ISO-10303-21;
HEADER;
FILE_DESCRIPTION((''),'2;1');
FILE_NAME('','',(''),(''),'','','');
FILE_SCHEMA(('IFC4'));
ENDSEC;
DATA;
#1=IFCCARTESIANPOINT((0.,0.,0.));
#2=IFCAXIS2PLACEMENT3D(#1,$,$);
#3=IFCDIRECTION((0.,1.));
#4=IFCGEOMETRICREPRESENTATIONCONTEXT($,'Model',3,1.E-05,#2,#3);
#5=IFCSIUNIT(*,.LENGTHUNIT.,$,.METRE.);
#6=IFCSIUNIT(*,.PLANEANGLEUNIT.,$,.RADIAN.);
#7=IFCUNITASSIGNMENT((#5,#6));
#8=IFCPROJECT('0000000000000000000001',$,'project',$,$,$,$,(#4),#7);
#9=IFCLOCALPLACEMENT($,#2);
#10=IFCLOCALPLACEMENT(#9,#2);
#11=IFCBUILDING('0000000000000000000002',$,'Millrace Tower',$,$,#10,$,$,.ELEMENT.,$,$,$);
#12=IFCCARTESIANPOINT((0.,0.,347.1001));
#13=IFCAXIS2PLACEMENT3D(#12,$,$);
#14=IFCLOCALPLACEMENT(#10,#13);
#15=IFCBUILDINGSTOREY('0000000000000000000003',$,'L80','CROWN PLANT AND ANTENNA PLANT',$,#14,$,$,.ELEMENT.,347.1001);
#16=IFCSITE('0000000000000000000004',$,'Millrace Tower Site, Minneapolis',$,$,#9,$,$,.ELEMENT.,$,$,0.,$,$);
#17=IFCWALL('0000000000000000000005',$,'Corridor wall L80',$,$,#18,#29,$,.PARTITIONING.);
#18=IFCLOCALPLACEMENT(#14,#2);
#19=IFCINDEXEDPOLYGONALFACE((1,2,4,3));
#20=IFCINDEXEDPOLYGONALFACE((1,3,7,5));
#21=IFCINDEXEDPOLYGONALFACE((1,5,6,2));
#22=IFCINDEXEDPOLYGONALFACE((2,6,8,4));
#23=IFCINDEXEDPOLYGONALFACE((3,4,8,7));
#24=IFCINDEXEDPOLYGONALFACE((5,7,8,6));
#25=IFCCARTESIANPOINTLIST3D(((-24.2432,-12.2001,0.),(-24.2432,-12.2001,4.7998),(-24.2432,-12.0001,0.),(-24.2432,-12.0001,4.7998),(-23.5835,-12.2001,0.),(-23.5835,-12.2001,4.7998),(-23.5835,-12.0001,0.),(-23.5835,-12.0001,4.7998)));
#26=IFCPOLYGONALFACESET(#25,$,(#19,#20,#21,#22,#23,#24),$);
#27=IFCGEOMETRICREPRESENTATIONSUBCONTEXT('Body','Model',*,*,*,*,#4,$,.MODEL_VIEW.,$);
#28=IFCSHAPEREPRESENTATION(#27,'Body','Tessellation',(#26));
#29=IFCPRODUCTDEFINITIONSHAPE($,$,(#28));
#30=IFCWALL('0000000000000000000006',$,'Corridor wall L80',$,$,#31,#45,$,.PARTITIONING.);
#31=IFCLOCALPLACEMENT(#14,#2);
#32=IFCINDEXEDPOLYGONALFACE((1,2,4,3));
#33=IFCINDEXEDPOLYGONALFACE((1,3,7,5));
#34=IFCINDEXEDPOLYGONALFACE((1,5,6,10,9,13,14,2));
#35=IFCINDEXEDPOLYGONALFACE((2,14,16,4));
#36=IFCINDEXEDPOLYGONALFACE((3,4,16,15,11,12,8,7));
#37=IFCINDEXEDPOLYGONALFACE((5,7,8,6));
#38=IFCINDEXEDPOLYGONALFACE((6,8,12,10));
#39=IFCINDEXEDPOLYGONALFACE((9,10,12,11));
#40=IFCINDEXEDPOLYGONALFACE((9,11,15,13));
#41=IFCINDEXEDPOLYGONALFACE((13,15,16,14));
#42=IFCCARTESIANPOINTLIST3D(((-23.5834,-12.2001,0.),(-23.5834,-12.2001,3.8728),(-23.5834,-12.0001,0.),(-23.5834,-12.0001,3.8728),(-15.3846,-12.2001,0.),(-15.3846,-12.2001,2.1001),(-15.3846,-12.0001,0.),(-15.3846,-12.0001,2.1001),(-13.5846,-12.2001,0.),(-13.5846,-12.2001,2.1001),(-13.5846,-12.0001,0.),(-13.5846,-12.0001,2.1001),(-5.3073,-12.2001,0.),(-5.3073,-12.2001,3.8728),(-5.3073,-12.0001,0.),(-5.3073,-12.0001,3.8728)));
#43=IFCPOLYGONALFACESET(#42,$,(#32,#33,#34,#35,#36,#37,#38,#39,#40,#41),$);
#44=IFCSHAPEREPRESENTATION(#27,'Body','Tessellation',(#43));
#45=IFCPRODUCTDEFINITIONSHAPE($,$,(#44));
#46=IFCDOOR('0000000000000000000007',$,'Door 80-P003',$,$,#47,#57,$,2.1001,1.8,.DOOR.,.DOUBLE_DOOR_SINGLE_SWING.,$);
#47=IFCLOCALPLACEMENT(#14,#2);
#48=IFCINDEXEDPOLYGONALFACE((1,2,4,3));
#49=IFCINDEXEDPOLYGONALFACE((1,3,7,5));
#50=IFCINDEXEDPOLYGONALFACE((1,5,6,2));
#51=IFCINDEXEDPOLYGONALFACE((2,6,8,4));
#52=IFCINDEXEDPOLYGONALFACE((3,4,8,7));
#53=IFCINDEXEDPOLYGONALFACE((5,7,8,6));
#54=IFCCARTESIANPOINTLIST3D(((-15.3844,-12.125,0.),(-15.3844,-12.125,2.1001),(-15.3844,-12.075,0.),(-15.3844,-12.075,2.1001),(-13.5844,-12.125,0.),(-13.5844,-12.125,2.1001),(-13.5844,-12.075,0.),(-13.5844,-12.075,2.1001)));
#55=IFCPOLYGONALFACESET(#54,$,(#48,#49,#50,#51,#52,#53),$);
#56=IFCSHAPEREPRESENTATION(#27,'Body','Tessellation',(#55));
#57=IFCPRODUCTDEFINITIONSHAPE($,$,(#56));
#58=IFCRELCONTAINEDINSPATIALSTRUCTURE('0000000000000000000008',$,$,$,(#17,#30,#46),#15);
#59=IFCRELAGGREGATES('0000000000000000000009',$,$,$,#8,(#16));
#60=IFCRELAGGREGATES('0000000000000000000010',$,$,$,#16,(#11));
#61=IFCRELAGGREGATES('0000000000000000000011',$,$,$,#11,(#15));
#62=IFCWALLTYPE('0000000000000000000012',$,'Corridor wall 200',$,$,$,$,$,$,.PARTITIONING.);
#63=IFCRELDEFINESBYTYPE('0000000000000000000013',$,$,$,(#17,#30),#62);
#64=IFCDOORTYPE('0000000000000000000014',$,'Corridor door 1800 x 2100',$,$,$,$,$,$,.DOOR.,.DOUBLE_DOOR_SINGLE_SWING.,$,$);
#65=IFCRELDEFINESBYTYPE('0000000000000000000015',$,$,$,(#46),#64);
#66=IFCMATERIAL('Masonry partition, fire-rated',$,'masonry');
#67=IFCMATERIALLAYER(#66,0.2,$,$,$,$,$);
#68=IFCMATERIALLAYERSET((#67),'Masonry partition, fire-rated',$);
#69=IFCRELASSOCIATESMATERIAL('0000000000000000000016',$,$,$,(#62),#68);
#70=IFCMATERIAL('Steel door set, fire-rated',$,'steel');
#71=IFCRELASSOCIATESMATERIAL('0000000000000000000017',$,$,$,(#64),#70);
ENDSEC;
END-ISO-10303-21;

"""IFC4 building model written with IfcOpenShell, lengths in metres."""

from ifc_helpers import new_model, si_unit, direction, frame, frame_2d, origin, place, context, subcontext, project, spatial, rectangle, extrude, material, layer, layer_set, type_object, element, fill, save


model = new_model("IFC4")

# Units and contexts
model_context = context("Model", 3, precision=1e-05, world=origin(), true_north=direction((0.0, 1.0)))
body_context = subcontext(model_context, "Body", "Model", "MODEL_VIEW")
ifc_project = project(units=[si_unit("LENGTHUNIT", "METRE"), si_unit("PLANEANGLEUNIT", "RADIAN")], contexts=[model_context])

# Site, building, storey
site_placement = place(None, origin())
site = spatial("IfcSite", under=ifc_project, at=site_placement, Name="Millrace Tower Site, Minneapolis", CompositionType="ELEMENT", RefElevation=0.0)
building_placement = place(site_placement, origin())
building = spatial("IfcBuilding", under=site, at=building_placement, Name="Millrace Tower", CompositionType="ELEMENT")
storey_placement = place(building_placement, frame((0.0, 0.0, 347.1001)))
storey = spatial("IfcBuildingStorey", under=building, at=storey_placement, Name="L80", Description="CROWN PLANT AND ANTENNA PLANT", CompositionType="ELEMENT", Elevation=347.1001)

# Wall
ifc_material_1 = material(Name="Masonry partition, fire-rated", Category="masonry")
ifc_layer_1 = layer(ifc_material_1, 0.2)
ifc_layer_set_1 = layer_set([ifc_layer_1], Name="Masonry partition, fire-rated")
wall_type = type_object("IfcWallType", Name="Corridor wall 200", PredefinedType="PARTITIONING", material=ifc_layer_set_1)
wall_1_placement = place(storey_placement, frame((-24.2432, -12.1001, 0.0), z_axis=(0.0, 0.0, 1.0), x_axis=(1.0, 0.0, 0.0)))
element("IfcWall", 1, at=wall_1_placement, inside=storey, type_object=wall_type, Name="Corridor wall L80", PredefinedType="PARTITIONING", context=body_context, shape_type="SweptSolid", body=[
    extrude(rectangle(XDim=0.6597, YDim=0.2, at=frame_2d((0.3298, 0.0))), origin(), (0.0, 0.0, 1.0), 4.7998),
])

# Wall, opening, door
wall_2_placement = place(storey_placement, frame((-23.5835, -12.1001, 0.0), z_axis=(0.0, 0.0, 1.0), x_axis=(1.0, 0.0, 0.0)))
wall_2 = element("IfcWall", 2, at=wall_2_placement, inside=storey, type_object=wall_type, Name="Corridor wall L80", PredefinedType="PARTITIONING", context=body_context, shape_type="SweptSolid", body=[
    extrude(rectangle(XDim=18.2761, YDim=0.2, at=frame_2d((9.1382, 0.0))), origin(), (0.0, 0.0, 1.0), 3.8728),
])
opening_placement = place(wall_2_placement, frame((8.199, 0.0, 0.0)))
opening = element("IfcOpeningElement", 3, at=opening_placement, cuts=wall_2, PredefinedType="OPENING", context=body_context, shape_type="SweptSolid", body=[
    extrude(rectangle(XDim=1.8, YDim=2.1001, at=frame_2d((0.8999, 1.05))), frame((0.0, 0.1099, 0.0), z_axis=(0.0, -1.0, 0.0), x_axis=(1.0, 0.0, 0.0)), (0.0, 0.0, 1.0), 0.22),
])
ifc_material_2 = material(Name="Steel door set, fire-rated", Category="steel")
door_type = type_object("IfcDoorType", Name="Corridor door 1800 x 2100", OperationType="DOUBLE_DOOR_SINGLE_SWING", PredefinedType="DOOR", material=ifc_material_2)
door_placement = place(opening_placement, frame((1.8, 0.0, 0.0), z_axis=(0.0, 0.0, 1.0), x_axis=(-1.0, 0.0, 0.0)))
door = element("IfcDoor", 4, at=door_placement, inside=storey, type_object=door_type, Name="Door 80-P003", OperationType="DOUBLE_DOOR_SINGLE_SWING", OverallHeight=2.1001, OverallWidth=1.8, PredefinedType="DOOR", context=body_context, shape_type="SweptSolid", body=[
    extrude(rectangle(XDim=1.8, YDim=2.1001, at=frame_2d((0.8999, 1.05))), frame((0.0, 0.0249, 0.0), z_axis=(0.0, -1.0, 0.0), x_axis=(1.0, 0.0, 0.0)), (0.0, 0.0, 1.0), 0.05),
])
fill(opening, door)

save(model, "model.ifc")
